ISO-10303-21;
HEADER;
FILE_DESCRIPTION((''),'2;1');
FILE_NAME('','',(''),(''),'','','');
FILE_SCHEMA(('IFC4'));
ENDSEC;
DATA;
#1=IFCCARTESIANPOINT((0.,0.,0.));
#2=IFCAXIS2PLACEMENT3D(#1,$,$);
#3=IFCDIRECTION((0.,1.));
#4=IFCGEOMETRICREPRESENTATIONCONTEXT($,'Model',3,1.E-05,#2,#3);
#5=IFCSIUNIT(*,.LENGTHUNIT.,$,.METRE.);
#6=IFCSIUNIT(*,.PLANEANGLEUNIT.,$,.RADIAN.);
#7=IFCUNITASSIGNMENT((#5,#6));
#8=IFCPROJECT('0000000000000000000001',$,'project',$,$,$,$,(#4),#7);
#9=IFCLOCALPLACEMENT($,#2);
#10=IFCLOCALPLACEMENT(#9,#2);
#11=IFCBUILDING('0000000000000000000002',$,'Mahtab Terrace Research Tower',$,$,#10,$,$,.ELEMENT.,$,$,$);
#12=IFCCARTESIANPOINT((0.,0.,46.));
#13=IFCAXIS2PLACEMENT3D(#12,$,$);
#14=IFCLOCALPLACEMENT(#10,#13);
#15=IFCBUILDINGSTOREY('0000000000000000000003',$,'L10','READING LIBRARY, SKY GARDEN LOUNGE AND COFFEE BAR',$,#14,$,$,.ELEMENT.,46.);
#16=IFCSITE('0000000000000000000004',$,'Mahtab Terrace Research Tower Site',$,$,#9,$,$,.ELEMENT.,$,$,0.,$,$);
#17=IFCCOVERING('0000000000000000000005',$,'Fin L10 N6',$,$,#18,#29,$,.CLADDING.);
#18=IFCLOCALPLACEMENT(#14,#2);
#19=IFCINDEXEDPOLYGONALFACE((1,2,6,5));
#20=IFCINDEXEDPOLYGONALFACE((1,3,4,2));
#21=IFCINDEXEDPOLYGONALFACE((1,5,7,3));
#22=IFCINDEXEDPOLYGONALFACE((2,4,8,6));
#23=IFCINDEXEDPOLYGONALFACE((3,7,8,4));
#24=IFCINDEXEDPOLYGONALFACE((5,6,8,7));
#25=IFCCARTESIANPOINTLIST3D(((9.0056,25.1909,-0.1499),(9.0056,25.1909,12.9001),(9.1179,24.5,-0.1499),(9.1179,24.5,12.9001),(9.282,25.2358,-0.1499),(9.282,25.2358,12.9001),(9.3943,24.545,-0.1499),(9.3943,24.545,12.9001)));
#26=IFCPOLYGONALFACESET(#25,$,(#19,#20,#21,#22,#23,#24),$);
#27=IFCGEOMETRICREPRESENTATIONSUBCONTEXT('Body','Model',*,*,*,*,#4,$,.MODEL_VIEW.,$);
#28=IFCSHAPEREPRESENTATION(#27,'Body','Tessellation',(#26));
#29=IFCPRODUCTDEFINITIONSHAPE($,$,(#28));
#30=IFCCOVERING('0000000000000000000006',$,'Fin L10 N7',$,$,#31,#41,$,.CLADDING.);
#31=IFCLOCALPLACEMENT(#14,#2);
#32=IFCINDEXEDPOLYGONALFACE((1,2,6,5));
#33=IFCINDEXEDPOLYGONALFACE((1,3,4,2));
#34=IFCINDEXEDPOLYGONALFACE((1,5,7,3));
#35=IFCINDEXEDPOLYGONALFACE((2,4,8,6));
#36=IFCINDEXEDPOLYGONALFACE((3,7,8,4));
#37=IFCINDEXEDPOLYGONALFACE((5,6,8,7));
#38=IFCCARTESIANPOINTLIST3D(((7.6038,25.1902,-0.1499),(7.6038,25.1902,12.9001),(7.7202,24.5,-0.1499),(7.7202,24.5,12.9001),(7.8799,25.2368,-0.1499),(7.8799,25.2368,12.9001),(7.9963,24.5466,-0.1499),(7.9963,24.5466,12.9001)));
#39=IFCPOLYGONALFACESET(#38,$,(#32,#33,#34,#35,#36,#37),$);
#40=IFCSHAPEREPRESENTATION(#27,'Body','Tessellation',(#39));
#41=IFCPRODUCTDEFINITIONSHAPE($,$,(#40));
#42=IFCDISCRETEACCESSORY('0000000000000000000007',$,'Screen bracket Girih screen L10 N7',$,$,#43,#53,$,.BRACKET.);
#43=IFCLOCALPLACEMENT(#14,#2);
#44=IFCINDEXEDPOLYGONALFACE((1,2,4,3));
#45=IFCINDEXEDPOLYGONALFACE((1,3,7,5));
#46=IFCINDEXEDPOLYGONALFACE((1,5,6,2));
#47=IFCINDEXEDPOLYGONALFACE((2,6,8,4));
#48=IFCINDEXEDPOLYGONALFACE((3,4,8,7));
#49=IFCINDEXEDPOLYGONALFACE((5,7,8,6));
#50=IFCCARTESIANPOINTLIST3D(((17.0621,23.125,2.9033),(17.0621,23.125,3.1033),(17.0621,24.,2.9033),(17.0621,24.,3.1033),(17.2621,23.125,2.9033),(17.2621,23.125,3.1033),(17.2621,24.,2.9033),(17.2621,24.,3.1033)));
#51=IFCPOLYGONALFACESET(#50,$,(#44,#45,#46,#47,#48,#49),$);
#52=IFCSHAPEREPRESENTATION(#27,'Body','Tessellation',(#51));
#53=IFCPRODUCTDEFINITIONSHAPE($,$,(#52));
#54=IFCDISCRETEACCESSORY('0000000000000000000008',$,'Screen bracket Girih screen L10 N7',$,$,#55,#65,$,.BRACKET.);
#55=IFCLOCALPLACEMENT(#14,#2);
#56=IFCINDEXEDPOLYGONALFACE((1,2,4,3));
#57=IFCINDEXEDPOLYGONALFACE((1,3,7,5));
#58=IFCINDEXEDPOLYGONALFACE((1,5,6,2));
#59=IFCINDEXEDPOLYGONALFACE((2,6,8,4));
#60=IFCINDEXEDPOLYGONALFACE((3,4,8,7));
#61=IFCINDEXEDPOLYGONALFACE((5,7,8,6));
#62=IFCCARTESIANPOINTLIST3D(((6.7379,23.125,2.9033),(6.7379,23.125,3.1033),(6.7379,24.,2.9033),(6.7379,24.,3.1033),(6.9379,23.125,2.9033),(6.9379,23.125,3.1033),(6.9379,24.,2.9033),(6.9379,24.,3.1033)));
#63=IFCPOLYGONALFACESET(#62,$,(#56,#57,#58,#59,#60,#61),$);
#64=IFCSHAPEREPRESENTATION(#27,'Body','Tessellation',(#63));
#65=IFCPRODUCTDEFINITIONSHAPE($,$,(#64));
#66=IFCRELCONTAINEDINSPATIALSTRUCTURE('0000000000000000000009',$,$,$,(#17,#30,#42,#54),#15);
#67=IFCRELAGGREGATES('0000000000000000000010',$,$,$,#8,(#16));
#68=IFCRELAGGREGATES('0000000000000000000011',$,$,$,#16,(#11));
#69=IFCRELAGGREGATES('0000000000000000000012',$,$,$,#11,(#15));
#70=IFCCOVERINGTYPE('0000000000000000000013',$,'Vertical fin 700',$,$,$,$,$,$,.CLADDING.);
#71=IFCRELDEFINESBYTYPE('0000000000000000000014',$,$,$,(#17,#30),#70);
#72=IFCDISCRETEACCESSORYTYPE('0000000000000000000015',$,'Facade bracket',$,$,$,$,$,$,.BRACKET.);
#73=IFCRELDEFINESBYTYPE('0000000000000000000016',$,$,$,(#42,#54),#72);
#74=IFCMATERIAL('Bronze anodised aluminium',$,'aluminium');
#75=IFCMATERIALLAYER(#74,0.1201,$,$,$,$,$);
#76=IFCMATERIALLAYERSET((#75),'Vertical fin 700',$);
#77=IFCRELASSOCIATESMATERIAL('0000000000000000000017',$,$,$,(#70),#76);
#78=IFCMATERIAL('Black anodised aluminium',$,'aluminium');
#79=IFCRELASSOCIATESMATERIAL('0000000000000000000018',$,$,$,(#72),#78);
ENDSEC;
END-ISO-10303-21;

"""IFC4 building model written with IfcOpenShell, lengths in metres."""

from ifc_helpers import new_model, si_unit, direction, frame, origin, origin_2d, place, context, subcontext, project, spatial, rectangle, extrude, material, layer, layer_set, type_object, element, save


model = new_model("IFC4")

# Units and contexts
model_context = context("Model", 3, precision=1e-05, world=origin(), true_north=direction((0.0, 1.0)))
body_context = subcontext(model_context, "Body", "Model", "MODEL_VIEW")
ifc_project = project(units=[si_unit("LENGTHUNIT", "METRE"), si_unit("PLANEANGLEUNIT", "RADIAN")], contexts=[model_context])

# Site, building, storey
site_placement = place(None, origin())
site = spatial("IfcSite", under=ifc_project, at=site_placement, Name="Mahtab Terrace Research Tower Site", CompositionType="ELEMENT", RefElevation=0.0)
building_placement = place(site_placement, origin())
building = spatial("IfcBuilding", under=site, at=building_placement, Name="Mahtab Terrace Research Tower", CompositionType="ELEMENT")
storey_placement = place(building_placement, frame((0.0, 0.0, 46.0)))
storey = spatial("IfcBuildingStorey", under=building, at=storey_placement, Name="L10", Description="READING LIBRARY, SKY GARDEN LOUNGE AND COFFEE BAR", CompositionType="ELEMENT", Elevation=46.0)

# Coverings
ifc_material_1 = material(Name="Bronze anodised aluminium", Category="aluminium")
ifc_layer_1 = layer(ifc_material_1, 0.1201)
ifc_layer_set_1 = layer_set([ifc_layer_1], Name="Vertical fin 700")
covering_type_1 = type_object("IfcCoveringType", Name="Vertical fin 700", PredefinedType="CLADDING", material=ifc_layer_set_1)
for number, where, z_axis, x_axis, name in (
    (1, (9.2, 24.8679, -0.1499), (0.0, 0.0, 1.0), (-0.98703, -0.160537, 0.0), "Fin L10 N6"),
    (2, (7.8, 24.8684, -0.1499), (0.0, 0.0, 1.0), (-0.986079, -0.166277, 0.0), "Fin L10 N7"),
):
    element("IfcCovering", number, at=place(storey_placement, frame(where, z_axis=z_axis, x_axis=x_axis)), inside=storey, type_object=covering_type_1, Name=name, PredefinedType="CLADDING", context=body_context, shape_type="SweptSolid", body=[
        extrude(rectangle(XDim=0.28, YDim=0.7, at=origin_2d()), origin(), (0.0, 0.0, 1.0), 13.05),
    ])

# Discrete accessories
ifc_material_2 = material(Name="Black anodised aluminium", Category="aluminium")
discrete_accessory_type = type_object("IfcDiscreteAccessoryType", Name="Facade bracket", PredefinedType="BRACKET", material=ifc_material_2)
for number, where, z_axis, x_axis, name in (
    (3, (17.1621, 23.5625, 2.9033), (0.0, 0.0, 1.0), (-1.0, 0.0, 0.0), "Screen bracket Girih screen L10 N7"),
    (4, (6.8379, 23.5625, 2.9033), (0.0, 0.0, 1.0), (-1.0, 0.0, 0.0), "Screen bracket Girih screen L10 N7"),
):
    element("IfcDiscreteAccessory", number, at=place(storey_placement, frame(where, z_axis=z_axis, x_axis=x_axis)), inside=storey, type_object=discrete_accessory_type, Name=name, PredefinedType="BRACKET", context=body_context, shape_type="SweptSolid", body=[
        extrude(rectangle(XDim=0.2, YDim=0.875, at=origin_2d()), origin(), (0.0, 0.0, 1.0), 0.2),
    ])

save(model, "model.ifc")
